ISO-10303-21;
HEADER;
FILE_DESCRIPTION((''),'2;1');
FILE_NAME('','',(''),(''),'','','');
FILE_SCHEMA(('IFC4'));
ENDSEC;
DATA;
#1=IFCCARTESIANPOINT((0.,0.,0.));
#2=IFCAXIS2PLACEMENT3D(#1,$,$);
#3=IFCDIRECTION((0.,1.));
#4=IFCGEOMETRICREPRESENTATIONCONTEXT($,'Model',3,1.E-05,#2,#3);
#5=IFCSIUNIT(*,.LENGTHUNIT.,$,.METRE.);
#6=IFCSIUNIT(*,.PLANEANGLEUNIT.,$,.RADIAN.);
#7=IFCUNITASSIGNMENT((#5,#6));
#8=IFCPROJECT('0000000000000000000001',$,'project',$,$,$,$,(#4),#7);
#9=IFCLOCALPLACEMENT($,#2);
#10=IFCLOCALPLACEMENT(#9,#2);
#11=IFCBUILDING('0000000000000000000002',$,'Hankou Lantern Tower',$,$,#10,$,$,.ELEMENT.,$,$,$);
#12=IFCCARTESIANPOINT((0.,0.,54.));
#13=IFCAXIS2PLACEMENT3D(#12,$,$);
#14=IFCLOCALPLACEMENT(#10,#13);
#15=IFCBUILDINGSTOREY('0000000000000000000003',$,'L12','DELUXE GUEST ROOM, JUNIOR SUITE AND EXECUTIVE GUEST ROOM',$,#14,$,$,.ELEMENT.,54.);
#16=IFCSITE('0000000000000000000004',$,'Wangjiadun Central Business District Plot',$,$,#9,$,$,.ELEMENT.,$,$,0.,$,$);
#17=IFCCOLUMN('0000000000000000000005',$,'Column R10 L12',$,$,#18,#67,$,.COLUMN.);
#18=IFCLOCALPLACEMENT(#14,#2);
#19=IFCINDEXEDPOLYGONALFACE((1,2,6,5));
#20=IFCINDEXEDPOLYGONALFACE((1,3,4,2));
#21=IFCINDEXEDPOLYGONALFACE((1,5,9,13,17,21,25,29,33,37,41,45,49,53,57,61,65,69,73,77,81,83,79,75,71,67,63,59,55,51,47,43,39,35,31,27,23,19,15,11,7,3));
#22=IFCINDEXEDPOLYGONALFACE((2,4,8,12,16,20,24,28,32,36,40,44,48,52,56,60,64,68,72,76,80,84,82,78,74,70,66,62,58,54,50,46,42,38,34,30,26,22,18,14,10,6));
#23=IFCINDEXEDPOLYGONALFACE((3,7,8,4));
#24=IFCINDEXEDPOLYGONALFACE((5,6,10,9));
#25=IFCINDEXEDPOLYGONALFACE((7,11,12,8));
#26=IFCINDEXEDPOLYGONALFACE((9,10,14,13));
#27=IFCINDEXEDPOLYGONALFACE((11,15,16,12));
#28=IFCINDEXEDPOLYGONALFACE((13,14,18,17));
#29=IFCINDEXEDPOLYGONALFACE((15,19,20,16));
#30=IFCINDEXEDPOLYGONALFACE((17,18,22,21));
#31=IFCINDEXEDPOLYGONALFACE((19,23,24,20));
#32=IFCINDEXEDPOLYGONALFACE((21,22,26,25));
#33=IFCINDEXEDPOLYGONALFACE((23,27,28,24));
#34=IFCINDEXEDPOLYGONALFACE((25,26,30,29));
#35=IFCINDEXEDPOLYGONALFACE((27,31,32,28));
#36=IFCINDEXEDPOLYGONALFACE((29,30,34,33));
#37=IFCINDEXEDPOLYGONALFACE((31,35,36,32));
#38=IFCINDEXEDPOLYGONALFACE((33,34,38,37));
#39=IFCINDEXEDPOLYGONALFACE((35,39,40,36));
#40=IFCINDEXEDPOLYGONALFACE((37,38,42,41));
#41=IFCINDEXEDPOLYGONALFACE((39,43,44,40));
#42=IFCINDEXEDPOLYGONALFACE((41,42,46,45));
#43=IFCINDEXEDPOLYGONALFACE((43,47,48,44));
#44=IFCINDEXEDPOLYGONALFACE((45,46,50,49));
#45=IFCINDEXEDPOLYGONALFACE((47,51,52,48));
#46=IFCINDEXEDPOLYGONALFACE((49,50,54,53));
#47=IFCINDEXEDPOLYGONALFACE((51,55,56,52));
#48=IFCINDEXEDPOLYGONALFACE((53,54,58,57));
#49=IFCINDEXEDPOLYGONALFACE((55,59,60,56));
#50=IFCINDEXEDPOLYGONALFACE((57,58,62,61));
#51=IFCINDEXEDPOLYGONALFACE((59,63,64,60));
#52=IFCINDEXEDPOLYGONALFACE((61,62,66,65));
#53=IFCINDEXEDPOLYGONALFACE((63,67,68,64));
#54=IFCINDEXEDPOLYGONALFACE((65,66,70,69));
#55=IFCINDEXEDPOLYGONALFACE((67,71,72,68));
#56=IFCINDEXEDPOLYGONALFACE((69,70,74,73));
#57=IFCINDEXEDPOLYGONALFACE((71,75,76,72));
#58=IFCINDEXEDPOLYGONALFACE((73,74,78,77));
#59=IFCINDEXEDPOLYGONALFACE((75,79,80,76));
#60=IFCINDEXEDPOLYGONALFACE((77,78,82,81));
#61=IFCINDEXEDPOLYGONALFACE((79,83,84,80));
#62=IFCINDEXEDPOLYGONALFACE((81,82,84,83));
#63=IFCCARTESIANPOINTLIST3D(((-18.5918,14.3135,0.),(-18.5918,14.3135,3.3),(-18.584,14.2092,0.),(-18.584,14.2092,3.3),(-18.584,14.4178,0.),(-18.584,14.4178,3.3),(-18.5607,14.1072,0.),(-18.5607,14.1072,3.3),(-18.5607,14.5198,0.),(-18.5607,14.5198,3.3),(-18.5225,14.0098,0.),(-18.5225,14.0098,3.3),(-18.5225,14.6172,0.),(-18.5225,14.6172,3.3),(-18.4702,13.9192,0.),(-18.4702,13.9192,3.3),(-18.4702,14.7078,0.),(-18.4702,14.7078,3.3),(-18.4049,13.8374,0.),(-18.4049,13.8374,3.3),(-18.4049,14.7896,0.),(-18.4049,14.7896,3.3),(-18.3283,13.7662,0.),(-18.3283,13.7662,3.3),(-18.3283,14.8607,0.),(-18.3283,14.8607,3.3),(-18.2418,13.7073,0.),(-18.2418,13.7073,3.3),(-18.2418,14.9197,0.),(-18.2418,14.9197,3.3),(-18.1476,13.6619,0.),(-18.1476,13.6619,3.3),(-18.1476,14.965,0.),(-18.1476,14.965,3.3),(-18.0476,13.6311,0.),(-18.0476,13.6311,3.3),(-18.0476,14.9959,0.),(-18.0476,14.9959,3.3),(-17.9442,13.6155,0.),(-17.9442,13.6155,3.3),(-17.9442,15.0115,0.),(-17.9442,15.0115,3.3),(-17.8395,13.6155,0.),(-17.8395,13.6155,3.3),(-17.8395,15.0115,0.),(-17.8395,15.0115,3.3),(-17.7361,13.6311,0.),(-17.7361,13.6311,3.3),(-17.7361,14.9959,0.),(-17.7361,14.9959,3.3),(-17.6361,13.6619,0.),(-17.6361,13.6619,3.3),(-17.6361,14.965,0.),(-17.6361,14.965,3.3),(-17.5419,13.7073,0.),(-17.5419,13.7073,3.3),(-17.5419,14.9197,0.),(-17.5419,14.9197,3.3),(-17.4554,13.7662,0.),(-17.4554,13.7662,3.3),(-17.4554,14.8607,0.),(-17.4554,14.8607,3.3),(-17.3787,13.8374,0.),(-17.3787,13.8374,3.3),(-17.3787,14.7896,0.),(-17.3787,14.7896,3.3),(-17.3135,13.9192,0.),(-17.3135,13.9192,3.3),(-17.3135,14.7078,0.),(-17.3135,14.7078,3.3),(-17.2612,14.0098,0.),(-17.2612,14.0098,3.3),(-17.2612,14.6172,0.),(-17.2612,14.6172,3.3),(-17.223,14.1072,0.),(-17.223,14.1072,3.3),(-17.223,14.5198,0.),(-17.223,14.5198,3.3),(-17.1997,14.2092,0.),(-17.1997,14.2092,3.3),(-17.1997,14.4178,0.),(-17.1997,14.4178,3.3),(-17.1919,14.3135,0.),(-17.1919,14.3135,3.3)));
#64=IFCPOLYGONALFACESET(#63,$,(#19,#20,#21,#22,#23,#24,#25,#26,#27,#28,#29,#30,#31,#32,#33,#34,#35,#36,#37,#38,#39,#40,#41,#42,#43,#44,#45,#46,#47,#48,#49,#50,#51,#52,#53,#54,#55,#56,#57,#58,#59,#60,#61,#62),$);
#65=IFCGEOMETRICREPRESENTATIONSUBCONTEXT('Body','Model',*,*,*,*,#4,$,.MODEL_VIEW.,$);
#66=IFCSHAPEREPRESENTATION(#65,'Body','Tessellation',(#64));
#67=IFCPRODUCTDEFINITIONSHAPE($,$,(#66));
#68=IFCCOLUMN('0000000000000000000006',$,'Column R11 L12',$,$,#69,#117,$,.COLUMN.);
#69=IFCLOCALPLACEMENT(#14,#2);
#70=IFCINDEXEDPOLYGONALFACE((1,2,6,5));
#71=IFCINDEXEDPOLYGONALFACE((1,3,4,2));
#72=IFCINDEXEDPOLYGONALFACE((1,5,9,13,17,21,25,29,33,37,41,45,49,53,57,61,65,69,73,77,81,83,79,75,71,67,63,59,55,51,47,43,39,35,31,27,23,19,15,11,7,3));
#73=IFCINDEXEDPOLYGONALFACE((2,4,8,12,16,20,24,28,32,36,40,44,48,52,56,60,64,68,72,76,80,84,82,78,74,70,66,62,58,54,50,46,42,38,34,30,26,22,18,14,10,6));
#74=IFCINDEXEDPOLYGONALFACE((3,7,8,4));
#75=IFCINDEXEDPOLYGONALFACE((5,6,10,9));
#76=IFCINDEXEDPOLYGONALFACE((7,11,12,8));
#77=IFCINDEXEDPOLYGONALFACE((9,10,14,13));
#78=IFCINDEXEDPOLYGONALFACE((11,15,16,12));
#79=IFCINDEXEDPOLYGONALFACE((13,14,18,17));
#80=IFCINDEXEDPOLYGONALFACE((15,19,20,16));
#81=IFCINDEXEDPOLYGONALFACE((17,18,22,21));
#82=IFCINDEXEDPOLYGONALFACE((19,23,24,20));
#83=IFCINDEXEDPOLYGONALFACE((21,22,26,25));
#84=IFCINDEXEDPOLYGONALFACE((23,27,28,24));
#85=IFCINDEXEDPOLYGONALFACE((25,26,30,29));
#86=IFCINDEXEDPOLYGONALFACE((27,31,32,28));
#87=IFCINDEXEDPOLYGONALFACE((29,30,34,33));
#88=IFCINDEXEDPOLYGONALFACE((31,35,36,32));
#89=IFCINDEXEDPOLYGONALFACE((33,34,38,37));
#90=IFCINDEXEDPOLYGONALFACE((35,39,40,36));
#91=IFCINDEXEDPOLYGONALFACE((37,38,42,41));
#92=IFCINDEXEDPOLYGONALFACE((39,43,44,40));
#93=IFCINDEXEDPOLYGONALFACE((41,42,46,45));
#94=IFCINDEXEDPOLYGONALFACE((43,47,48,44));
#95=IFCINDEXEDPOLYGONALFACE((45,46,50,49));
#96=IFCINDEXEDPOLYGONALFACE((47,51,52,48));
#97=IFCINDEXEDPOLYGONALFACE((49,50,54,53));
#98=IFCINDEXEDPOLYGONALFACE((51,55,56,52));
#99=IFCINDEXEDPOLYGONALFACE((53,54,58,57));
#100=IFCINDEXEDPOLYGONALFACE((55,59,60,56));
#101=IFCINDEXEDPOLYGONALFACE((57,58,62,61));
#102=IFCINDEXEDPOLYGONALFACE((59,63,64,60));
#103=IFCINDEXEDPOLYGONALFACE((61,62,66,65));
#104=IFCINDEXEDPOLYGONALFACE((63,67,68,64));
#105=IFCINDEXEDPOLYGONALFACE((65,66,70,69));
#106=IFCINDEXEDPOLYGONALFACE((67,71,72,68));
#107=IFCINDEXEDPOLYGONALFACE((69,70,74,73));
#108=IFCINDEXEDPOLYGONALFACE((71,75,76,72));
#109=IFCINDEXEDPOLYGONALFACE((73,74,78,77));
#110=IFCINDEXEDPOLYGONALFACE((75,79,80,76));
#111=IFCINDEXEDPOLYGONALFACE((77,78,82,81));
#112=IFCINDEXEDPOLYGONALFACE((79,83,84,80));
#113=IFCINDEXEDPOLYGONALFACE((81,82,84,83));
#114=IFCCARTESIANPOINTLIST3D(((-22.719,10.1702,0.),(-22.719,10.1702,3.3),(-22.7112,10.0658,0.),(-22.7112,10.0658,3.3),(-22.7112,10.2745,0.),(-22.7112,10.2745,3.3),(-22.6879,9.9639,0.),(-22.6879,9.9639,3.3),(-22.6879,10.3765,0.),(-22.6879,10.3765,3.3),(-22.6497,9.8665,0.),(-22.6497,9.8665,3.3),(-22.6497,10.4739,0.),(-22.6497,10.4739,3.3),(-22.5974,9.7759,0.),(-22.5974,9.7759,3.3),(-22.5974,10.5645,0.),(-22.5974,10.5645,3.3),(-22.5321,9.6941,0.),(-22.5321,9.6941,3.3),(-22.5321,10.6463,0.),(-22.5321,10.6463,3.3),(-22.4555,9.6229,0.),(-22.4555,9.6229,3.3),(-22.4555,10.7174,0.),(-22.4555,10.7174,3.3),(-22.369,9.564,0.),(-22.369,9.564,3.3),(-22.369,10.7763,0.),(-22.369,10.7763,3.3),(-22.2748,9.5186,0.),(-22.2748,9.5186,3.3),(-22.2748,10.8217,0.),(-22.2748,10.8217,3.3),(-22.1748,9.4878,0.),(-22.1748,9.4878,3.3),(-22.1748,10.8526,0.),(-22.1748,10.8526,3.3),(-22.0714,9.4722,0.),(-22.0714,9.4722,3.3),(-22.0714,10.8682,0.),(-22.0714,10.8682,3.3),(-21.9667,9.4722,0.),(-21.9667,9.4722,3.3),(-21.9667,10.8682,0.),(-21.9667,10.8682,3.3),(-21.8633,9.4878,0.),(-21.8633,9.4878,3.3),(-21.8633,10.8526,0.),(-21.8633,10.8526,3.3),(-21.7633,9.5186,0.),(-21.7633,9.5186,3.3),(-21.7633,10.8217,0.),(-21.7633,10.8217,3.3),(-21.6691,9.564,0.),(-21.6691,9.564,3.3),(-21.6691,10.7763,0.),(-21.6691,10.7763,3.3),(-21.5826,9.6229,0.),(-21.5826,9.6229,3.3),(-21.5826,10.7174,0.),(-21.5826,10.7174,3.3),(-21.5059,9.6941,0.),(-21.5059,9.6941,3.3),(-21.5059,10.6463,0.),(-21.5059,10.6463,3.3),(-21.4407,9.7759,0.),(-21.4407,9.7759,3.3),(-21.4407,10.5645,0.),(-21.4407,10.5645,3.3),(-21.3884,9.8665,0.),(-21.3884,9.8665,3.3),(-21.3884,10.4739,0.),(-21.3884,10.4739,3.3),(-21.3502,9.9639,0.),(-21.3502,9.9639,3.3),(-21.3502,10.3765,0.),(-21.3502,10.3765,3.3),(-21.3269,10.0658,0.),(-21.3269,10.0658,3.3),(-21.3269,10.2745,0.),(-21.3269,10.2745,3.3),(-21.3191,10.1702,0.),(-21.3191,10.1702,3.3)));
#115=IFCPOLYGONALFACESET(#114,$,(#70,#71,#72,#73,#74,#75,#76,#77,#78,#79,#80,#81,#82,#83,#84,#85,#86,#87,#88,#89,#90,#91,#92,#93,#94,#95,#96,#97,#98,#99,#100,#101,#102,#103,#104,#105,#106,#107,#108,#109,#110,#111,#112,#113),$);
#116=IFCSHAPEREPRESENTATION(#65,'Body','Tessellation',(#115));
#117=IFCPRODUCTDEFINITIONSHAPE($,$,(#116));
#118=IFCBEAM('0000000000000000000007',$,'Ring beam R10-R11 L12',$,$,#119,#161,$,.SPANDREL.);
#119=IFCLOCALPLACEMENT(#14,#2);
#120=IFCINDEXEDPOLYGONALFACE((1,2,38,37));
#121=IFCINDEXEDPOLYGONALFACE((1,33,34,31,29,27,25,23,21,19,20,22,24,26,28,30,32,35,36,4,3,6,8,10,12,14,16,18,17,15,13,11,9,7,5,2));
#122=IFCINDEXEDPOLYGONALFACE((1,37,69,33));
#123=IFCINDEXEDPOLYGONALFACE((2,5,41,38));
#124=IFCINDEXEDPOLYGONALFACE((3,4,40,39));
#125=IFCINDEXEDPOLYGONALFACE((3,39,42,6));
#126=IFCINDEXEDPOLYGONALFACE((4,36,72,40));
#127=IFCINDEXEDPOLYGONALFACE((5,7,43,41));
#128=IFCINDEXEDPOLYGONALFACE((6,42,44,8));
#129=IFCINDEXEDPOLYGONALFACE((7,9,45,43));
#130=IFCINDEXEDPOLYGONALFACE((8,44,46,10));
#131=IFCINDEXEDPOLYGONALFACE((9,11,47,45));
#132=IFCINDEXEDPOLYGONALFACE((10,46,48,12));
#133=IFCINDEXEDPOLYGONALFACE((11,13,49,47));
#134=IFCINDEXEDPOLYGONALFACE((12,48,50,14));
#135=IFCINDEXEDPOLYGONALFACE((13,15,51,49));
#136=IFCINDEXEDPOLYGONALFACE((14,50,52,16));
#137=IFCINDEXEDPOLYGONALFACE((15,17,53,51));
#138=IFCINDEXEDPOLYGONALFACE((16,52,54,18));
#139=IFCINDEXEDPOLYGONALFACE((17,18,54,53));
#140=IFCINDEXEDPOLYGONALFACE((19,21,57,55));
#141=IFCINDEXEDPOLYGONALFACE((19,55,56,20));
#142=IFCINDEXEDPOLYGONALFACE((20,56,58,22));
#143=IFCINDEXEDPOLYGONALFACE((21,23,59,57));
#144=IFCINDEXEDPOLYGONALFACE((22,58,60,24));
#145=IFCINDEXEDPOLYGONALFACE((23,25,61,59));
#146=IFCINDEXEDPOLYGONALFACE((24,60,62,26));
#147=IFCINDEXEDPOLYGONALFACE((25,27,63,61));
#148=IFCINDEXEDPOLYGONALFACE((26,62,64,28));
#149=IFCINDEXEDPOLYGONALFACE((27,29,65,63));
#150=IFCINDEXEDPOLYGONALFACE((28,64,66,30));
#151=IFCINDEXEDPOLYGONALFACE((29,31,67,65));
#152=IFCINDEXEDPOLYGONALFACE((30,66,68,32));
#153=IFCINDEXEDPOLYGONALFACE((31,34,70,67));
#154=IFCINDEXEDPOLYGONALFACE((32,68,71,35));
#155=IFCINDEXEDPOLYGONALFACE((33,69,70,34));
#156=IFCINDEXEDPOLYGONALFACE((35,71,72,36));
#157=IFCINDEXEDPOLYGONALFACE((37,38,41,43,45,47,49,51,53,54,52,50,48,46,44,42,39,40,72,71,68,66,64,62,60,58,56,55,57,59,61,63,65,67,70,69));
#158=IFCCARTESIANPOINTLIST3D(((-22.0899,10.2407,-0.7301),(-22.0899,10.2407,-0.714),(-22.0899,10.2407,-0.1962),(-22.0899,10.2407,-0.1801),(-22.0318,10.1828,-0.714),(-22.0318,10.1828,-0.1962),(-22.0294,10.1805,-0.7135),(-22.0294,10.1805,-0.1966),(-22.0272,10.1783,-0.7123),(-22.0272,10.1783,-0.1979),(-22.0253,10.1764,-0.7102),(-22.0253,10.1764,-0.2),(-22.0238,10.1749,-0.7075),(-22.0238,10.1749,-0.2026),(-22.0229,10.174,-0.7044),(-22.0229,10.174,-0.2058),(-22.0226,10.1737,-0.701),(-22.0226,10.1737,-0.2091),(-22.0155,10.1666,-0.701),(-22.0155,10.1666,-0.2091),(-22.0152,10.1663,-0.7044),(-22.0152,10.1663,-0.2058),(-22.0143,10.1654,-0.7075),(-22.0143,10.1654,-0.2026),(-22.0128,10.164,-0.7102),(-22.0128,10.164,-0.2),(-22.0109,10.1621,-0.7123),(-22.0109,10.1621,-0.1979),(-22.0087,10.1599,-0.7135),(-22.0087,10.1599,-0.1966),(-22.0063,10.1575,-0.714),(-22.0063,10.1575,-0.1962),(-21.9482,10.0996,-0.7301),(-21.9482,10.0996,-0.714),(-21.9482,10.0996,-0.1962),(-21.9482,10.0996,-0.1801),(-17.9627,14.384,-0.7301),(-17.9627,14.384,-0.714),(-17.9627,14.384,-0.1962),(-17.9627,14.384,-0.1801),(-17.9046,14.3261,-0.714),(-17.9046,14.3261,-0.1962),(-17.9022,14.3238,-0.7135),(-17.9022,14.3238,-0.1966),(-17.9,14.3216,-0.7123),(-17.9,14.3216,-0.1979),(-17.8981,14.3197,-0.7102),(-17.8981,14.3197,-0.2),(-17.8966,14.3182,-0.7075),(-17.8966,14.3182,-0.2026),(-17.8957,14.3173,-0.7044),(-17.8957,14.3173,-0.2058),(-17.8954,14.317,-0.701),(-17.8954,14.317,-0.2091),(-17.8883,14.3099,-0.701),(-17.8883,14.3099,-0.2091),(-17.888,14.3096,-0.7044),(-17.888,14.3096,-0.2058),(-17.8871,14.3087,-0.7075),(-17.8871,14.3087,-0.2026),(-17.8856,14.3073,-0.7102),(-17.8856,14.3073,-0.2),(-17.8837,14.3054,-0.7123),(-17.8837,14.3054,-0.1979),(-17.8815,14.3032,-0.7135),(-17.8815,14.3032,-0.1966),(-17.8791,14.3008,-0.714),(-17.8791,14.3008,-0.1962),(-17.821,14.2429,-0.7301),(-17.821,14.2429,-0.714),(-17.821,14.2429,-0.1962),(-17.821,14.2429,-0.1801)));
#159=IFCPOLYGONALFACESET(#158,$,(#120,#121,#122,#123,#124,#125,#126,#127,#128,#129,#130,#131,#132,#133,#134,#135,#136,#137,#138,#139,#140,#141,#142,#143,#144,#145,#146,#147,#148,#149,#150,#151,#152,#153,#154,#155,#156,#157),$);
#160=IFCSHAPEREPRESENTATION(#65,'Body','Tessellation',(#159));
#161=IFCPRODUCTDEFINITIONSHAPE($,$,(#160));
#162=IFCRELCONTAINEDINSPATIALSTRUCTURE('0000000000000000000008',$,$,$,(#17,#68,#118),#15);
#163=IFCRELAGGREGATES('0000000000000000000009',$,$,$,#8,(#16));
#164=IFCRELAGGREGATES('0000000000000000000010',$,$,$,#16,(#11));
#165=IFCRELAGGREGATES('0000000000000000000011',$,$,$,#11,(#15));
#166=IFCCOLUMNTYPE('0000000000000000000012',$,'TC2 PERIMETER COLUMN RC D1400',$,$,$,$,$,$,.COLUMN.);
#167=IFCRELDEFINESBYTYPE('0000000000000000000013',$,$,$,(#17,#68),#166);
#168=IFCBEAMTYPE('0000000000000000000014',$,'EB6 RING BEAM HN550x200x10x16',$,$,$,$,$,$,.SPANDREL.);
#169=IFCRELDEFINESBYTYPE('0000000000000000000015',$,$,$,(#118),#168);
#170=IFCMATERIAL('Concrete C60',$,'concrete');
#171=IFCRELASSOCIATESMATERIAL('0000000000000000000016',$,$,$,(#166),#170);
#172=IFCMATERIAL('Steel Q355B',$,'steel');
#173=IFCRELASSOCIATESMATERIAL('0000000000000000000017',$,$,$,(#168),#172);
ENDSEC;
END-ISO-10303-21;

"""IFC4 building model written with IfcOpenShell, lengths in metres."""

from ifc_helpers import new_model, si_unit, direction, frame, origin, origin_2d, place, context, subcontext, project, spatial, circle, i_section, extrude, material, material_profile, profile_set, type_object, element, save


model = new_model("IFC4")

# Units and contexts
model_context = context("Model", 3, precision=1e-05, world=origin(), true_north=direction((0.0, 1.0)))
body_context = subcontext(model_context, "Body", "Model", "MODEL_VIEW")
ifc_project = project(units=[si_unit("LENGTHUNIT", "METRE"), si_unit("PLANEANGLEUNIT", "RADIAN")], contexts=[model_context])

# Site, building, storey
site_placement = place(None, origin())
site = spatial("IfcSite", under=ifc_project, at=site_placement, Name="Wangjiadun Central Business District Plot", CompositionType="ELEMENT", RefElevation=0.0)
building_placement = place(site_placement, origin())
building = spatial("IfcBuilding", under=site, at=building_placement, Name="Hankou Lantern Tower", CompositionType="ELEMENT")
storey_placement = place(building_placement, frame((0.0, 0.0, 54.0)))
storey = spatial("IfcBuildingStorey", under=building, at=storey_placement, Name="L12", Description="DELUXE GUEST ROOM, JUNIOR SUITE AND EXECUTIVE GUEST ROOM", CompositionType="ELEMENT", Elevation=54.0)

# Columns
ifc_material_1 = material(Name="Concrete C60", Category="concrete")
ifc_material_profile_1 = material_profile(ifc_material_1, circle(Radius=0.7, at=origin_2d()), Name="RC D1400")
ifc_profile_set_1 = profile_set([ifc_material_profile_1], Name="Concrete C60")
column_type = type_object("IfcColumnType", Name="TC2 PERIMETER COLUMN RC D1400", PredefinedType="COLUMN", material=ifc_profile_set_1)
for number, where, z_axis, x_axis, name in (
    (1, (-17.8918, 14.3135, 0.0), (0.0, 0.0, 1.0), (1.0, 0.0, 0.0), "Column R10 L12"),
    (2, (-22.019, 10.1702, 0.0), (0.0, 0.0, 1.0), (1.0, 0.0, 0.0), "Column R11 L12"),
):
    element("IfcColumn", number, at=place(storey_placement, frame(where, z_axis=z_axis, x_axis=x_axis)), inside=storey, type_object=column_type, Name=name, PredefinedType="COLUMN", context=body_context, shape_type="SweptSolid", body=[
        extrude(circle(Radius=0.7, at=origin_2d()), origin(), (0.0, 0.0, 1.0), 3.3),
    ])

# Beam
ifc_material_2 = material(Name="Steel Q355B", Category="steel")
ifc_material_profile_2 = material_profile(ifc_material_2, i_section(OverallWidth=0.2, OverallDepth=0.55, WebThickness=0.01, FlangeThickness=0.0161, FilletRadius=0.0129, at=origin_2d()), Name="HN550x200x10x16")
ifc_profile_set_2 = profile_set([ifc_material_profile_2], Name="Steel Q355B")
beam_type_1 = type_object("IfcBeamType", Name="EB6 RING BEAM HN550x200x10x16", PredefinedType="SPANDREL", material=ifc_profile_set_2)
beam_1_placement = place(storey_placement, frame((-17.8918, 14.3135, -0.4551), z_axis=(-0.705728, -0.708483, 0.0), x_axis=(0.708483, -0.705728, 0.0)))
element("IfcBeam", 3, at=beam_1_placement, inside=storey, type_object=beam_type_1, Name="Ring beam R10-R11 L12", PredefinedType="SPANDREL", context=body_context, shape_type="SweptSolid", body=[
    extrude(i_section(OverallWidth=0.2, OverallDepth=0.55, WebThickness=0.01, FlangeThickness=0.0161, FilletRadius=0.0129, at=origin_2d()), origin(), (0.0, 0.0, 1.0), 5.8481),
])

save(model, "model.ifc")
